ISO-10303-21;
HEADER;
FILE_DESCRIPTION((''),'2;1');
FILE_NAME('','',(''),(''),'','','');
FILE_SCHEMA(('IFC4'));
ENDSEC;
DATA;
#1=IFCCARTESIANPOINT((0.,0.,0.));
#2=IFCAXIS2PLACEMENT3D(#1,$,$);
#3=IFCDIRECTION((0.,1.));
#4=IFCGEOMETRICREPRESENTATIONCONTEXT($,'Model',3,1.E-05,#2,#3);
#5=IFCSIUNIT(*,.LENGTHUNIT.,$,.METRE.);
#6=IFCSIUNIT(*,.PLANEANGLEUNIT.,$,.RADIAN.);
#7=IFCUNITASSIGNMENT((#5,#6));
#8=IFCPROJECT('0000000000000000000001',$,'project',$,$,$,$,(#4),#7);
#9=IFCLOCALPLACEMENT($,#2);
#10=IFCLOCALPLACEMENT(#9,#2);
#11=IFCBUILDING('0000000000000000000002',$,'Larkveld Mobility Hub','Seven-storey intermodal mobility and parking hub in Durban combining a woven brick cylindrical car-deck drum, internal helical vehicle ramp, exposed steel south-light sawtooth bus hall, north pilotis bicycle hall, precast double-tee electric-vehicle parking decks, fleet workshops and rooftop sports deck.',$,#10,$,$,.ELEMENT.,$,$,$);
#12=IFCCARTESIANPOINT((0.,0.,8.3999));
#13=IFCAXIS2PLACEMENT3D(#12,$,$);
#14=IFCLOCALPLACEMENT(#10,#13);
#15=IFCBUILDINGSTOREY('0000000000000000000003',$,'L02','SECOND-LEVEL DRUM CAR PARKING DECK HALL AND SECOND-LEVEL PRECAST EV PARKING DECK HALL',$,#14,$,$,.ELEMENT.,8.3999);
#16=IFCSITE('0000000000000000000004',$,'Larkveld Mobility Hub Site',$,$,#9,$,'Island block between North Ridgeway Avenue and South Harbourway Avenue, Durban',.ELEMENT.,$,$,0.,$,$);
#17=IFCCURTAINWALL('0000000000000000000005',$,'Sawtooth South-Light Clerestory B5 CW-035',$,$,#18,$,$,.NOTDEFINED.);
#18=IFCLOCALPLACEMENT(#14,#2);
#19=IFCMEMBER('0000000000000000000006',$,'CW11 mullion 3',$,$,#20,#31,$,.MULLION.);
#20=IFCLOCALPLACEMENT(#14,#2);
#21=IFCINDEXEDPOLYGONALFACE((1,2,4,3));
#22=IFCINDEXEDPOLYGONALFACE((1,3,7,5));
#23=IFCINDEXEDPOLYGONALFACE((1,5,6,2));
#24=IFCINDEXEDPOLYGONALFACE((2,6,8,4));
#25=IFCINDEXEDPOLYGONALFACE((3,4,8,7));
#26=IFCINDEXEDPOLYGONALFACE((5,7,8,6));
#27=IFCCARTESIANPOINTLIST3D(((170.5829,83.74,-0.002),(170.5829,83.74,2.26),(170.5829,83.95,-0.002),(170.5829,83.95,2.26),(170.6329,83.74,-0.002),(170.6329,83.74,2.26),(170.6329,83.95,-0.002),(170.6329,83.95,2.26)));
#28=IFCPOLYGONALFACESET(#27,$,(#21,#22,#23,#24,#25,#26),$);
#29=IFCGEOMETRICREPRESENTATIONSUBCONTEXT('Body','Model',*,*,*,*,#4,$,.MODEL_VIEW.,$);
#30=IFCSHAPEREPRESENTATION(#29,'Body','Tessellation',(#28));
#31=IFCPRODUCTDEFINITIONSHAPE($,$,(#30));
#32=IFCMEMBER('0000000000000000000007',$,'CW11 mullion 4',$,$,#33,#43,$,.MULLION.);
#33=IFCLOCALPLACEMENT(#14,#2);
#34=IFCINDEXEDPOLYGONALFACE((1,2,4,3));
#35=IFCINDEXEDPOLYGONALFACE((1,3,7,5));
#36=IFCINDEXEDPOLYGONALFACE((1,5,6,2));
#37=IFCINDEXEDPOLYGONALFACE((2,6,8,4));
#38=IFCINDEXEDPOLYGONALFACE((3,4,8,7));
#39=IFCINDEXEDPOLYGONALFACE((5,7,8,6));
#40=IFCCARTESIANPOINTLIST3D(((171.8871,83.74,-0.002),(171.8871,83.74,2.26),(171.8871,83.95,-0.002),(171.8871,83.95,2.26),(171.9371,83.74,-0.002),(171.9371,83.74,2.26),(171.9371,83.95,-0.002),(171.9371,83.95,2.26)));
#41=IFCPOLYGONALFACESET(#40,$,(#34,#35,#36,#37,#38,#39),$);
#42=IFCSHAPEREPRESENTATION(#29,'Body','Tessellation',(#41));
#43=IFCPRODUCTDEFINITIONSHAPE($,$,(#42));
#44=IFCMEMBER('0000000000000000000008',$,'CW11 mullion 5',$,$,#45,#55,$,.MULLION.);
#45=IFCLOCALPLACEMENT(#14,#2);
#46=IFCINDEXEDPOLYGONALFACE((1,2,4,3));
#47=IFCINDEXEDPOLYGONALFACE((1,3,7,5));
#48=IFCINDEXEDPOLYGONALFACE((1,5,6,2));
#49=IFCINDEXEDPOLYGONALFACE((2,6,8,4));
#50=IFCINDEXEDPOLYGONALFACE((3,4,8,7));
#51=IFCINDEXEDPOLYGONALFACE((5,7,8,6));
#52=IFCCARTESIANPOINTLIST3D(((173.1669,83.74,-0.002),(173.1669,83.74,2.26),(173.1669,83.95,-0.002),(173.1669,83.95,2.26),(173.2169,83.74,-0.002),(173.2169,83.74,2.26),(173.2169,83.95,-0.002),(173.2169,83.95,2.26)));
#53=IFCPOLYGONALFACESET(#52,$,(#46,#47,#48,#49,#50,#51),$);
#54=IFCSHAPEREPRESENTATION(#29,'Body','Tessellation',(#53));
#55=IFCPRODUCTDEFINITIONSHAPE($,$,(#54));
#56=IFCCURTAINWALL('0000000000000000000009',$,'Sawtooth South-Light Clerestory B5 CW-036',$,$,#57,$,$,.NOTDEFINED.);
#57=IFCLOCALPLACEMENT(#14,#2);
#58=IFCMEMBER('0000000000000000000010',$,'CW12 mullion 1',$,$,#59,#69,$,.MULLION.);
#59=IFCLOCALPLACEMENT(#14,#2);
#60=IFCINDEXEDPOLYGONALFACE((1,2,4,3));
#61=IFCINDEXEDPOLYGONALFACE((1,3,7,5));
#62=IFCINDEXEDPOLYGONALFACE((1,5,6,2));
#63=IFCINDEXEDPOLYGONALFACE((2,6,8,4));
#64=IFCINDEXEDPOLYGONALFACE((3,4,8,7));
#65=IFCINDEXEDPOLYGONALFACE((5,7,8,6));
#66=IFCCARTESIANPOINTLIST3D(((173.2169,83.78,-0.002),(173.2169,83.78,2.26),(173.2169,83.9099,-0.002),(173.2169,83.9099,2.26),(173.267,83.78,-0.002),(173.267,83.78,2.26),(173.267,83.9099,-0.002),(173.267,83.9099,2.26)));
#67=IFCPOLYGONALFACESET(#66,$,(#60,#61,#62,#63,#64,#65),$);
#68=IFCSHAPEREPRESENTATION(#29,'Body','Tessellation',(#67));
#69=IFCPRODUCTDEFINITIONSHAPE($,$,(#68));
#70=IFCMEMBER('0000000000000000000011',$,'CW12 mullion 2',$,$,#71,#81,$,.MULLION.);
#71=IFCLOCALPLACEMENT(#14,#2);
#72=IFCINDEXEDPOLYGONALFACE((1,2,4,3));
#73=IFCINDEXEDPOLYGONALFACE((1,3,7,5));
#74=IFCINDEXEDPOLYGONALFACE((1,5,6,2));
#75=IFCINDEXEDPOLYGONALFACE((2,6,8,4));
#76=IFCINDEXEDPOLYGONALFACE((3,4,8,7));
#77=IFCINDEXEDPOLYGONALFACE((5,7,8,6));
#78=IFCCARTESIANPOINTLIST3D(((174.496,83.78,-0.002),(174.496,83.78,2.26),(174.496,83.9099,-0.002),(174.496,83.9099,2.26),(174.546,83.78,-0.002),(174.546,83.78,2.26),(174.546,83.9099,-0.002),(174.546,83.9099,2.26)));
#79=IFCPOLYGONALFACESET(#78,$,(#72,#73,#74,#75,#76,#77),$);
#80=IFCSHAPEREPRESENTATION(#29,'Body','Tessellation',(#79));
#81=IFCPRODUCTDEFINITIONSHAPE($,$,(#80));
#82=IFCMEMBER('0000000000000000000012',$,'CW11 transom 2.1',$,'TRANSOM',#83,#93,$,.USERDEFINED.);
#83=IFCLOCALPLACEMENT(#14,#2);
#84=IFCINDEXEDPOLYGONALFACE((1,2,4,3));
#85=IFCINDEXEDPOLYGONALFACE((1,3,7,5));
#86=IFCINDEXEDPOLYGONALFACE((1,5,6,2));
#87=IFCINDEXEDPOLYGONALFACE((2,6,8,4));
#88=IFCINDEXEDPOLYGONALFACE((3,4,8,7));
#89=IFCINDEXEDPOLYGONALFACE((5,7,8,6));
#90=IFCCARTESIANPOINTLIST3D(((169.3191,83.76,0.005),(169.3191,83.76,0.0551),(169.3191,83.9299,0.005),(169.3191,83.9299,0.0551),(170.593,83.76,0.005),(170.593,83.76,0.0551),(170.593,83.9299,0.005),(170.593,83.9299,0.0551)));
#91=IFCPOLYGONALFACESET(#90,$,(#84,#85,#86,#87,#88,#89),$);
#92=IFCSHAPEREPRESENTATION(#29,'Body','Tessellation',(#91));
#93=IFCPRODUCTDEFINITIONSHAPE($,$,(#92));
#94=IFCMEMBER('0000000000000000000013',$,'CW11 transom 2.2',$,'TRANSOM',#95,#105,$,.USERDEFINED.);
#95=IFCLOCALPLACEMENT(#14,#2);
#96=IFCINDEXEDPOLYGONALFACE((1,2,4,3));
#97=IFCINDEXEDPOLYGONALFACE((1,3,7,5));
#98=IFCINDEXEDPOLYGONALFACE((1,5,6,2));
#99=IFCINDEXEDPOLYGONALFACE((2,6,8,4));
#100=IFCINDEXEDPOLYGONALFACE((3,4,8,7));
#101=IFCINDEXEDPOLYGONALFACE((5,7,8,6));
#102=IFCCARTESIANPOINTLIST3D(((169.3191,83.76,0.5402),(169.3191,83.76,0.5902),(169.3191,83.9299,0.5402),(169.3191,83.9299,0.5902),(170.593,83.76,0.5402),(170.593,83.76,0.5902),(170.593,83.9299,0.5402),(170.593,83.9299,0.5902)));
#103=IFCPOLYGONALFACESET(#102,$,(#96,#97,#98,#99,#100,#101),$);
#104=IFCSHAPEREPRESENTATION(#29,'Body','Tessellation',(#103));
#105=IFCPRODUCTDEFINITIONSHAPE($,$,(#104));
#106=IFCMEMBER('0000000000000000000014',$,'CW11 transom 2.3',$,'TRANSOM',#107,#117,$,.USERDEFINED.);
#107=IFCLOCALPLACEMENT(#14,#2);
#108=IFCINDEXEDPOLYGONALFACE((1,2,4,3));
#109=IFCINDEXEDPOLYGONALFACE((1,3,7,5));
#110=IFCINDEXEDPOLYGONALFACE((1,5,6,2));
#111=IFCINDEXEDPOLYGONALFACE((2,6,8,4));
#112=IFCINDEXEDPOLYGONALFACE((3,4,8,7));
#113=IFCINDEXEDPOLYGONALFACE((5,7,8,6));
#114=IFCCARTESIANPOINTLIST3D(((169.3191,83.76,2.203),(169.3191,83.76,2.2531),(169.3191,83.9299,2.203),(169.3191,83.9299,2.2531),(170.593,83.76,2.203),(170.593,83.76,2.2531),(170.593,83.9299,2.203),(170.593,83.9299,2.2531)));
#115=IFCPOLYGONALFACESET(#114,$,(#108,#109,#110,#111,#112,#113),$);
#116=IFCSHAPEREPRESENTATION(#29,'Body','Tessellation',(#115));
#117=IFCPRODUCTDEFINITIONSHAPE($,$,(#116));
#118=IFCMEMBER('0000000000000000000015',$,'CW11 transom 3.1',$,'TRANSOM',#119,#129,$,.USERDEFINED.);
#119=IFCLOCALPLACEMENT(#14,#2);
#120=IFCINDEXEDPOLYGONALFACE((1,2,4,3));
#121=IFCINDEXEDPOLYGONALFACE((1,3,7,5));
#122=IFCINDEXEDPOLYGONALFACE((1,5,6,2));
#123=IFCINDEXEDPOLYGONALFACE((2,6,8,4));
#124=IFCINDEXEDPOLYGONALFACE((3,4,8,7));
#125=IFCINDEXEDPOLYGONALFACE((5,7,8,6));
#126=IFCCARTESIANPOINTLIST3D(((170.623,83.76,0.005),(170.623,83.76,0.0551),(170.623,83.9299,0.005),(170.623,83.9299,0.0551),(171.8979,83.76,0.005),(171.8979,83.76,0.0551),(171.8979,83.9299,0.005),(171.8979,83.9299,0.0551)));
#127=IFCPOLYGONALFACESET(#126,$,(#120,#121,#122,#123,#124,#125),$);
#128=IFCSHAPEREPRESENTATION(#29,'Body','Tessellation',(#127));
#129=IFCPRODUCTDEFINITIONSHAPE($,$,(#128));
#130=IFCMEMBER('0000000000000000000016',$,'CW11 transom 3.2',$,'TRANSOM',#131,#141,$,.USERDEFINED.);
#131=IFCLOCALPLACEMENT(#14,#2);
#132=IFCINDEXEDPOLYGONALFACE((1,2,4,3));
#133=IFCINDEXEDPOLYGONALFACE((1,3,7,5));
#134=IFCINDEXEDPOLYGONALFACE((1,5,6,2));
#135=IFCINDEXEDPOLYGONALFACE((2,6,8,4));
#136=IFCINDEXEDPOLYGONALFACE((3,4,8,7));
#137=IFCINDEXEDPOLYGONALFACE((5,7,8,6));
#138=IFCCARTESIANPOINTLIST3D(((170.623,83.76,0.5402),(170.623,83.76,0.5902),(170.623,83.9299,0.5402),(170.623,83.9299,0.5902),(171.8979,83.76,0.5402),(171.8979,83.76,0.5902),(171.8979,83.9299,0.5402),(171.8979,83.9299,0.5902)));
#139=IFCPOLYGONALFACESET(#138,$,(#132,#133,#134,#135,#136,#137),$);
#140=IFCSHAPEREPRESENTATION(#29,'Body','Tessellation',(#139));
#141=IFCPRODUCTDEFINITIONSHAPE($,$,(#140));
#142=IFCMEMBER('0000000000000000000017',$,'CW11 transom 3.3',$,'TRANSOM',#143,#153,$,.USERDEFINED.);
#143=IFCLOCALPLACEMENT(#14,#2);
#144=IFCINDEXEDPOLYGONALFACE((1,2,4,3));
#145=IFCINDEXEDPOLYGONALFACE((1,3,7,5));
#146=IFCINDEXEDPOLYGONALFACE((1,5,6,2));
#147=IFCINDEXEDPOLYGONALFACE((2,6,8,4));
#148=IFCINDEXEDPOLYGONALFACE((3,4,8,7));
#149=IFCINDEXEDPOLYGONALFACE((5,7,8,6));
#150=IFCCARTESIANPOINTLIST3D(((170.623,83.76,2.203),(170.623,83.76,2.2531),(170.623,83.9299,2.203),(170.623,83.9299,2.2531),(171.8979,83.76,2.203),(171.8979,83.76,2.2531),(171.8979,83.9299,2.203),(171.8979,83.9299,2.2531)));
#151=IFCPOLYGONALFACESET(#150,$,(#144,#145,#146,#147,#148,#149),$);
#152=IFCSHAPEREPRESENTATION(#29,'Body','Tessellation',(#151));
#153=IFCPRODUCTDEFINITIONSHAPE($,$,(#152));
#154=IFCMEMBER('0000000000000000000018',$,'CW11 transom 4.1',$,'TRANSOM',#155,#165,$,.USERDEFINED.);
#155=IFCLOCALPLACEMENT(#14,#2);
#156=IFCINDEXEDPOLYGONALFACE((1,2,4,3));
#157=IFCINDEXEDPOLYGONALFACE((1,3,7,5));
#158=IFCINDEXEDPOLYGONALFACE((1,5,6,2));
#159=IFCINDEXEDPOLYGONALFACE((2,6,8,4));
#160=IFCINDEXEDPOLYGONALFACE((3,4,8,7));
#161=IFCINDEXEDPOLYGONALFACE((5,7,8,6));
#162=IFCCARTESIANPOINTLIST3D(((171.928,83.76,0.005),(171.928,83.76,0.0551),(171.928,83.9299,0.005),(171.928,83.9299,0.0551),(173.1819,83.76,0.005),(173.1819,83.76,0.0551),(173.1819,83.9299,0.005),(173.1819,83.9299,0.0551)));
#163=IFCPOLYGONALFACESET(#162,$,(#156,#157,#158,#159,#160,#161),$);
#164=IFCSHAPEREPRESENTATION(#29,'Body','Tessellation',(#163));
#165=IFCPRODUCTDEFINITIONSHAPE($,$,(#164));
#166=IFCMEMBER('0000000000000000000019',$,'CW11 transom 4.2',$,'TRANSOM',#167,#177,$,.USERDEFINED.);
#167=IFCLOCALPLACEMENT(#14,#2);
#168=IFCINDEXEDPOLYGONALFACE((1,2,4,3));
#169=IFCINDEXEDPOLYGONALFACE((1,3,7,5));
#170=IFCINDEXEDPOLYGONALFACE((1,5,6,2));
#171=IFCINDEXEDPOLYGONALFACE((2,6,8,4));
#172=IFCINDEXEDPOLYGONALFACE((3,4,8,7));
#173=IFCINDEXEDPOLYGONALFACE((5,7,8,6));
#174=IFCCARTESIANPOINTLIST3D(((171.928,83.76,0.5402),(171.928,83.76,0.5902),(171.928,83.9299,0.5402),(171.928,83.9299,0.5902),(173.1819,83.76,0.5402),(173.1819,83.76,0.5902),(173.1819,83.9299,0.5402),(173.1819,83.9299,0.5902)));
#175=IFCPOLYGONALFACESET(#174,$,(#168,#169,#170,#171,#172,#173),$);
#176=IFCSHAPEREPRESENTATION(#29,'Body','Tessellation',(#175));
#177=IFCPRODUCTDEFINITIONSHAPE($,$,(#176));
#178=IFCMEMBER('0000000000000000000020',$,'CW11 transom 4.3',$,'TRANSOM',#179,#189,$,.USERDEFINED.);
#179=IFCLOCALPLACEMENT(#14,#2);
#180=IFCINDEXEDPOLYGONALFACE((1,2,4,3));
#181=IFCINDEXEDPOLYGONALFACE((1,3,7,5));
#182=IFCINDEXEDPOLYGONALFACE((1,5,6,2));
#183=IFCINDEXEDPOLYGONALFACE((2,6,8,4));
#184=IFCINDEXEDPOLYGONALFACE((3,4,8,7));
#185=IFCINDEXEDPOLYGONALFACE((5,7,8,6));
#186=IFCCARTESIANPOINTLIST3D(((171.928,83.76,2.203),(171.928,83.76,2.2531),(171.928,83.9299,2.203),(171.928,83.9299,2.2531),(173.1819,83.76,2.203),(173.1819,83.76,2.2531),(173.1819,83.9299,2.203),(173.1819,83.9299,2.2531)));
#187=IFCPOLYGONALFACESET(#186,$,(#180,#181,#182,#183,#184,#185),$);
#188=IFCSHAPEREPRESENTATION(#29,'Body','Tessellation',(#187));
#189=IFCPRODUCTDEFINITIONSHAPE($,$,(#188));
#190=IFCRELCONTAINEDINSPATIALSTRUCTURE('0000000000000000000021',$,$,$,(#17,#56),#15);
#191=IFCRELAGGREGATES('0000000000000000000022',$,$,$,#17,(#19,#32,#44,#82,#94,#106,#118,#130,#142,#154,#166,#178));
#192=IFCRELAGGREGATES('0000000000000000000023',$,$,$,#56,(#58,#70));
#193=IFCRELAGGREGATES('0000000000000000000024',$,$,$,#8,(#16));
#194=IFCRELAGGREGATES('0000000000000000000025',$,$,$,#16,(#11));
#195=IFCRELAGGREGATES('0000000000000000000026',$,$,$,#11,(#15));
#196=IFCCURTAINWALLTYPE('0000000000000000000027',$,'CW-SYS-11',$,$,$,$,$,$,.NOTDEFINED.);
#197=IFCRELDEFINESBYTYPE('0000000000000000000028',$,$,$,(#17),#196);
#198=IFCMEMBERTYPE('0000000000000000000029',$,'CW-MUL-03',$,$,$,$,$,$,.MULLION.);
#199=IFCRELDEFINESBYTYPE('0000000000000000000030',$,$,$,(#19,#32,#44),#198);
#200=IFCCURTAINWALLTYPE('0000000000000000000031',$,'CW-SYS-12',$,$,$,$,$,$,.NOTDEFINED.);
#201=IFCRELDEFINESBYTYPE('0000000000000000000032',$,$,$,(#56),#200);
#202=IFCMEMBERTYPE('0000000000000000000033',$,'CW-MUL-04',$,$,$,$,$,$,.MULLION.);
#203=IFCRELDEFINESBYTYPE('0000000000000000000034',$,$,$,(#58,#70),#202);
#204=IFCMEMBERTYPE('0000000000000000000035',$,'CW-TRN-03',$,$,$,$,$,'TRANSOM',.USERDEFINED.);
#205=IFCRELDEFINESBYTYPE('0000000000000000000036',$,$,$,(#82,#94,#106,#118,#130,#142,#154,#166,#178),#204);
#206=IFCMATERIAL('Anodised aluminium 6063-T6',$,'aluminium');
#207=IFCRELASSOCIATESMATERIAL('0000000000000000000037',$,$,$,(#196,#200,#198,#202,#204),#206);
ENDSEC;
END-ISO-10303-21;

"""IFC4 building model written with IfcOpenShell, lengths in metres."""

from ifc_helpers import new_model, si_unit, direction, frame, origin, origin_2d, place, context, subcontext, project, spatial, rectangle, extrude, material, material_profile, profile_set, type_object, element, aggregate, save


model = new_model("IFC4")

# Units and contexts
model_context = context("Model", 3, precision=1e-05, world=origin(), true_north=direction((0.0, 1.0)))
body_context = subcontext(model_context, "Body", "Model", "MODEL_VIEW")
ifc_project = project(units=[si_unit("LENGTHUNIT", "METRE"), si_unit("PLANEANGLEUNIT", "RADIAN")], contexts=[model_context])

# Site, building, storey
site_placement = place(None, origin())
site = spatial("IfcSite", under=ifc_project, at=site_placement, Name="Larkveld Mobility Hub Site", LongName="Island block between North Ridgeway Avenue and South Harbourway Avenue, Durban", CompositionType="ELEMENT", RefElevation=0.0)
building_placement = place(site_placement, origin())
building = spatial("IfcBuilding", under=site, at=building_placement, Name="Larkveld Mobility Hub", Description="Seven-storey intermodal mobility and parking hub in Durban combining a woven brick cylindrical car-deck drum, internal helical vehicle ramp, exposed steel south-light sawtooth bus hall, north pilotis bicycle hall, precast double-tee electric-vehicle parking decks, fleet workshops and rooftop sports deck.", CompositionType="ELEMENT")
storey_placement = place(building_placement, frame((0.0, 0.0, 8.3999)))
storey = spatial("IfcBuildingStorey", under=building, at=storey_placement, Name="L02", Description="SECOND-LEVEL DRUM CAR PARKING DECK HALL AND SECOND-LEVEL PRECAST EV PARKING DECK HALL", CompositionType="ELEMENT", Elevation=8.3999)

# Curtain walls, members
ifc_material_1 = material(Name="Anodised aluminium 6063-T6", Category="aluminium")
curtain_wall_type_1 = type_object("IfcCurtainWallType", Name="CW-SYS-11", PredefinedType="NOTDEFINED", material=ifc_material_1)
curtain_wall_1_placement = place(storey_placement, origin())
curtain_wall_1 = element("IfcCurtainWall", 1, at=curtain_wall_1_placement, inside=storey, type_object=curtain_wall_type_1, Name="Sawtooth South-Light Clerestory B5 CW-035", PredefinedType="NOTDEFINED")
ifc_material_profile_1 = material_profile(ifc_material_1, rectangle(XDim=0.05, YDim=0.21, at=origin_2d()), Name="ALU MULL 50x210")
ifc_profile_set_1 = profile_set([ifc_material_profile_1], Name="Anodised aluminium 6063-T6")
member_type_1 = type_object("IfcMemberType", Name="CW-MUL-03", PredefinedType="MULLION", material=ifc_profile_set_1)
member_1_placement = place(storey_placement, frame((170.6079, 83.845, -0.002), z_axis=(0.0, 0.0, 1.0), x_axis=(1.0, 0.0, 0.0)))
member_1 = element("IfcMember", 2, at=member_1_placement, type_object=member_type_1, Name="CW11 mullion 3", PredefinedType="MULLION", context=body_context, shape_type="SweptSolid", body=[
    extrude(rectangle(XDim=0.05, YDim=0.21, at=origin_2d()), origin(), (0.0, 0.0, 1.0), 2.262),
])
member_2_placement = place(storey_placement, frame((171.9121, 83.845, -0.002), z_axis=(0.0, 0.0, 1.0), x_axis=(1.0, 0.0, 0.0)))
member_2 = element("IfcMember", 3, at=member_2_placement, type_object=member_type_1, Name="CW11 mullion 4", PredefinedType="MULLION", context=body_context, shape_type="SweptSolid", body=[
    extrude(rectangle(XDim=0.05, YDim=0.21, at=origin_2d()), origin(), (0.0, 0.0, 1.0), 2.262),
])
member_3_placement = place(storey_placement, frame((173.1919, 83.845, -0.002), z_axis=(0.0, 0.0, 1.0), x_axis=(1.0, 0.0, 0.0)))
member_3 = element("IfcMember", 4, at=member_3_placement, type_object=member_type_1, Name="CW11 mullion 5", PredefinedType="MULLION", context=body_context, shape_type="SweptSolid", body=[
    extrude(rectangle(XDim=0.05, YDim=0.21, at=origin_2d()), origin(), (0.0, 0.0, 1.0), 2.262),
])
curtain_wall_type_2 = type_object("IfcCurtainWallType", Name="CW-SYS-12", PredefinedType="NOTDEFINED", material=ifc_material_1)
curtain_wall_2_placement = place(storey_placement, origin())
curtain_wall_2 = element("IfcCurtainWall", 5, at=curtain_wall_2_placement, inside=storey, type_object=curtain_wall_type_2, Name="Sawtooth South-Light Clerestory B5 CW-036", PredefinedType="NOTDEFINED")
ifc_material_profile_2 = material_profile(ifc_material_1, rectangle(XDim=0.05, YDim=0.1299, at=origin_2d()), Name="ALU MULL 50x130")
ifc_profile_set_2 = profile_set([ifc_material_profile_2], Name="Anodised aluminium 6063-T6")
member_type_2 = type_object("IfcMemberType", Name="CW-MUL-04", PredefinedType="MULLION", material=ifc_profile_set_2)
member_4_placement = place(storey_placement, frame((173.2419, 83.845, -0.002), z_axis=(0.0, 0.0, 1.0), x_axis=(1.0, 0.0, 0.0)))
member_4 = element("IfcMember", 6, at=member_4_placement, type_object=member_type_2, Name="CW12 mullion 1", PredefinedType="MULLION", context=body_context, shape_type="SweptSolid", body=[
    extrude(rectangle(XDim=0.05, YDim=0.1299, at=origin_2d()), origin(), (0.0, 0.0, 1.0), 2.262),
])
member_5_placement = place(storey_placement, frame((174.521, 83.845, -0.002), z_axis=(0.0, 0.0, 1.0), x_axis=(1.0, 0.0, 0.0)))
member_5 = element("IfcMember", 7, at=member_5_placement, type_object=member_type_2, Name="CW12 mullion 2", PredefinedType="MULLION", context=body_context, shape_type="SweptSolid", body=[
    extrude(rectangle(XDim=0.05, YDim=0.1299, at=origin_2d()), origin(), (0.0, 0.0, 1.0), 2.262),
])

# Members
ifc_material_profile_3 = material_profile(ifc_material_1, rectangle(XDim=0.1699, YDim=0.05, at=origin_2d()), Name="ALU TRAN 50x170")
ifc_profile_set_3 = profile_set([ifc_material_profile_3], Name="Anodised aluminium 6063-T6")
member_type_3 = type_object("IfcMemberType", Name="CW-TRN-03", ElementType="TRANSOM", PredefinedType="USERDEFINED", material=ifc_profile_set_3)
member_6_placement = place(storey_placement, frame((169.3191, 83.845, 0.03), z_axis=(1.0, 0.0, 0.0), x_axis=(0.0, 1.0, 0.0)))
member_6 = element("IfcMember", 8, at=member_6_placement, type_object=member_type_3, Name="CW11 transom 2.1", ObjectType="TRANSOM", PredefinedType="USERDEFINED", context=body_context, shape_type="SweptSolid", body=[
    extrude(rectangle(XDim=0.1699, YDim=0.05, at=origin_2d()), origin(), (0.0, 0.0, 1.0), 1.2739),
])
member_7_placement = place(storey_placement, frame((169.3191, 83.845, 0.5652), z_axis=(1.0, 0.0, 0.0), x_axis=(0.0, 1.0, 0.0)))
member_7 = element("IfcMember", 9, at=member_7_placement, type_object=member_type_3, Name="CW11 transom 2.2", ObjectType="TRANSOM", PredefinedType="USERDEFINED", context=body_context, shape_type="SweptSolid", body=[
    extrude(rectangle(XDim=0.1699, YDim=0.05, at=origin_2d()), origin(), (0.0, 0.0, 1.0), 1.2739),
])
member_8_placement = place(storey_placement, frame((169.3191, 83.845, 2.228), z_axis=(1.0, 0.0, 0.0), x_axis=(0.0, 1.0, 0.0)))
member_8 = element("IfcMember", 10, at=member_8_placement, type_object=member_type_3, Name="CW11 transom 2.3", ObjectType="TRANSOM", PredefinedType="USERDEFINED", context=body_context, shape_type="SweptSolid", body=[
    extrude(rectangle(XDim=0.1699, YDim=0.05, at=origin_2d()), origin(), (0.0, 0.0, 1.0), 1.2739),
])
member_9_placement = place(storey_placement, frame((170.623, 83.845, 0.03), z_axis=(1.0, 0.0, 0.0), x_axis=(0.0, 1.0, 0.0)))
member_9 = element("IfcMember", 11, at=member_9_placement, type_object=member_type_3, Name="CW11 transom 3.1", ObjectType="TRANSOM", PredefinedType="USERDEFINED", context=body_context, shape_type="SweptSolid", body=[
    extrude(rectangle(XDim=0.1699, YDim=0.05, at=origin_2d()), origin(), (0.0, 0.0, 1.0), 1.2749),
])
member_10_placement = place(storey_placement, frame((170.623, 83.845, 0.5652), z_axis=(1.0, 0.0, 0.0), x_axis=(0.0, 1.0, 0.0)))
member_10 = element("IfcMember", 12, at=member_10_placement, type_object=member_type_3, Name="CW11 transom 3.2", ObjectType="TRANSOM", PredefinedType="USERDEFINED", context=body_context, shape_type="SweptSolid", body=[
    extrude(rectangle(XDim=0.1699, YDim=0.05, at=origin_2d()), origin(), (0.0, 0.0, 1.0), 1.2749),
])
member_11_placement = place(storey_placement, frame((170.623, 83.845, 2.228), z_axis=(1.0, 0.0, 0.0), x_axis=(0.0, 1.0, 0.0)))
member_11 = element("IfcMember", 13, at=member_11_placement, type_object=member_type_3, Name="CW11 transom 3.3", ObjectType="TRANSOM", PredefinedType="USERDEFINED", context=body_context, shape_type="SweptSolid", body=[
    extrude(rectangle(XDim=0.1699, YDim=0.05, at=origin_2d()), origin(), (0.0, 0.0, 1.0), 1.2749),
])
member_12_placement = place(storey_placement, frame((171.928, 83.845, 0.03), z_axis=(1.0, 0.0, 0.0), x_axis=(0.0, 1.0, 0.0)))
member_12 = element("IfcMember", 14, at=member_12_placement, type_object=member_type_3, Name="CW11 transom 4.1", ObjectType="TRANSOM", PredefinedType="USERDEFINED", context=body_context, shape_type="SweptSolid", body=[
    extrude(rectangle(XDim=0.1699, YDim=0.05, at=origin_2d()), origin(), (0.0, 0.0, 1.0), 1.2539),
])
member_13_placement = place(storey_placement, frame((171.928, 83.845, 0.5652), z_axis=(1.0, 0.0, 0.0), x_axis=(0.0, 1.0, 0.0)))
member_13 = element("IfcMember", 15, at=member_13_placement, type_object=member_type_3, Name="CW11 transom 4.2", ObjectType="TRANSOM", PredefinedType="USERDEFINED", context=body_context, shape_type="SweptSolid", body=[
    extrude(rectangle(XDim=0.1699, YDim=0.05, at=origin_2d()), origin(), (0.0, 0.0, 1.0), 1.2539),
])
member_14_placement = place(storey_placement, frame((171.928, 83.845, 2.228), z_axis=(1.0, 0.0, 0.0), x_axis=(0.0, 1.0, 0.0)))
member_14 = element("IfcMember", 16, at=member_14_placement, type_object=member_type_3, Name="CW11 transom 4.3", ObjectType="TRANSOM", PredefinedType="USERDEFINED", context=body_context, shape_type="SweptSolid", body=[
    extrude(rectangle(XDim=0.1699, YDim=0.05, at=origin_2d()), origin(), (0.0, 0.0, 1.0), 1.2539),
])

aggregate(curtain_wall_1, [member_1, member_2, member_3, member_6, member_7, member_8, member_9, member_10, member_11, member_12, member_13, member_14])
aggregate(curtain_wall_2, [member_4, member_5])

save(model, "model.ifc")
